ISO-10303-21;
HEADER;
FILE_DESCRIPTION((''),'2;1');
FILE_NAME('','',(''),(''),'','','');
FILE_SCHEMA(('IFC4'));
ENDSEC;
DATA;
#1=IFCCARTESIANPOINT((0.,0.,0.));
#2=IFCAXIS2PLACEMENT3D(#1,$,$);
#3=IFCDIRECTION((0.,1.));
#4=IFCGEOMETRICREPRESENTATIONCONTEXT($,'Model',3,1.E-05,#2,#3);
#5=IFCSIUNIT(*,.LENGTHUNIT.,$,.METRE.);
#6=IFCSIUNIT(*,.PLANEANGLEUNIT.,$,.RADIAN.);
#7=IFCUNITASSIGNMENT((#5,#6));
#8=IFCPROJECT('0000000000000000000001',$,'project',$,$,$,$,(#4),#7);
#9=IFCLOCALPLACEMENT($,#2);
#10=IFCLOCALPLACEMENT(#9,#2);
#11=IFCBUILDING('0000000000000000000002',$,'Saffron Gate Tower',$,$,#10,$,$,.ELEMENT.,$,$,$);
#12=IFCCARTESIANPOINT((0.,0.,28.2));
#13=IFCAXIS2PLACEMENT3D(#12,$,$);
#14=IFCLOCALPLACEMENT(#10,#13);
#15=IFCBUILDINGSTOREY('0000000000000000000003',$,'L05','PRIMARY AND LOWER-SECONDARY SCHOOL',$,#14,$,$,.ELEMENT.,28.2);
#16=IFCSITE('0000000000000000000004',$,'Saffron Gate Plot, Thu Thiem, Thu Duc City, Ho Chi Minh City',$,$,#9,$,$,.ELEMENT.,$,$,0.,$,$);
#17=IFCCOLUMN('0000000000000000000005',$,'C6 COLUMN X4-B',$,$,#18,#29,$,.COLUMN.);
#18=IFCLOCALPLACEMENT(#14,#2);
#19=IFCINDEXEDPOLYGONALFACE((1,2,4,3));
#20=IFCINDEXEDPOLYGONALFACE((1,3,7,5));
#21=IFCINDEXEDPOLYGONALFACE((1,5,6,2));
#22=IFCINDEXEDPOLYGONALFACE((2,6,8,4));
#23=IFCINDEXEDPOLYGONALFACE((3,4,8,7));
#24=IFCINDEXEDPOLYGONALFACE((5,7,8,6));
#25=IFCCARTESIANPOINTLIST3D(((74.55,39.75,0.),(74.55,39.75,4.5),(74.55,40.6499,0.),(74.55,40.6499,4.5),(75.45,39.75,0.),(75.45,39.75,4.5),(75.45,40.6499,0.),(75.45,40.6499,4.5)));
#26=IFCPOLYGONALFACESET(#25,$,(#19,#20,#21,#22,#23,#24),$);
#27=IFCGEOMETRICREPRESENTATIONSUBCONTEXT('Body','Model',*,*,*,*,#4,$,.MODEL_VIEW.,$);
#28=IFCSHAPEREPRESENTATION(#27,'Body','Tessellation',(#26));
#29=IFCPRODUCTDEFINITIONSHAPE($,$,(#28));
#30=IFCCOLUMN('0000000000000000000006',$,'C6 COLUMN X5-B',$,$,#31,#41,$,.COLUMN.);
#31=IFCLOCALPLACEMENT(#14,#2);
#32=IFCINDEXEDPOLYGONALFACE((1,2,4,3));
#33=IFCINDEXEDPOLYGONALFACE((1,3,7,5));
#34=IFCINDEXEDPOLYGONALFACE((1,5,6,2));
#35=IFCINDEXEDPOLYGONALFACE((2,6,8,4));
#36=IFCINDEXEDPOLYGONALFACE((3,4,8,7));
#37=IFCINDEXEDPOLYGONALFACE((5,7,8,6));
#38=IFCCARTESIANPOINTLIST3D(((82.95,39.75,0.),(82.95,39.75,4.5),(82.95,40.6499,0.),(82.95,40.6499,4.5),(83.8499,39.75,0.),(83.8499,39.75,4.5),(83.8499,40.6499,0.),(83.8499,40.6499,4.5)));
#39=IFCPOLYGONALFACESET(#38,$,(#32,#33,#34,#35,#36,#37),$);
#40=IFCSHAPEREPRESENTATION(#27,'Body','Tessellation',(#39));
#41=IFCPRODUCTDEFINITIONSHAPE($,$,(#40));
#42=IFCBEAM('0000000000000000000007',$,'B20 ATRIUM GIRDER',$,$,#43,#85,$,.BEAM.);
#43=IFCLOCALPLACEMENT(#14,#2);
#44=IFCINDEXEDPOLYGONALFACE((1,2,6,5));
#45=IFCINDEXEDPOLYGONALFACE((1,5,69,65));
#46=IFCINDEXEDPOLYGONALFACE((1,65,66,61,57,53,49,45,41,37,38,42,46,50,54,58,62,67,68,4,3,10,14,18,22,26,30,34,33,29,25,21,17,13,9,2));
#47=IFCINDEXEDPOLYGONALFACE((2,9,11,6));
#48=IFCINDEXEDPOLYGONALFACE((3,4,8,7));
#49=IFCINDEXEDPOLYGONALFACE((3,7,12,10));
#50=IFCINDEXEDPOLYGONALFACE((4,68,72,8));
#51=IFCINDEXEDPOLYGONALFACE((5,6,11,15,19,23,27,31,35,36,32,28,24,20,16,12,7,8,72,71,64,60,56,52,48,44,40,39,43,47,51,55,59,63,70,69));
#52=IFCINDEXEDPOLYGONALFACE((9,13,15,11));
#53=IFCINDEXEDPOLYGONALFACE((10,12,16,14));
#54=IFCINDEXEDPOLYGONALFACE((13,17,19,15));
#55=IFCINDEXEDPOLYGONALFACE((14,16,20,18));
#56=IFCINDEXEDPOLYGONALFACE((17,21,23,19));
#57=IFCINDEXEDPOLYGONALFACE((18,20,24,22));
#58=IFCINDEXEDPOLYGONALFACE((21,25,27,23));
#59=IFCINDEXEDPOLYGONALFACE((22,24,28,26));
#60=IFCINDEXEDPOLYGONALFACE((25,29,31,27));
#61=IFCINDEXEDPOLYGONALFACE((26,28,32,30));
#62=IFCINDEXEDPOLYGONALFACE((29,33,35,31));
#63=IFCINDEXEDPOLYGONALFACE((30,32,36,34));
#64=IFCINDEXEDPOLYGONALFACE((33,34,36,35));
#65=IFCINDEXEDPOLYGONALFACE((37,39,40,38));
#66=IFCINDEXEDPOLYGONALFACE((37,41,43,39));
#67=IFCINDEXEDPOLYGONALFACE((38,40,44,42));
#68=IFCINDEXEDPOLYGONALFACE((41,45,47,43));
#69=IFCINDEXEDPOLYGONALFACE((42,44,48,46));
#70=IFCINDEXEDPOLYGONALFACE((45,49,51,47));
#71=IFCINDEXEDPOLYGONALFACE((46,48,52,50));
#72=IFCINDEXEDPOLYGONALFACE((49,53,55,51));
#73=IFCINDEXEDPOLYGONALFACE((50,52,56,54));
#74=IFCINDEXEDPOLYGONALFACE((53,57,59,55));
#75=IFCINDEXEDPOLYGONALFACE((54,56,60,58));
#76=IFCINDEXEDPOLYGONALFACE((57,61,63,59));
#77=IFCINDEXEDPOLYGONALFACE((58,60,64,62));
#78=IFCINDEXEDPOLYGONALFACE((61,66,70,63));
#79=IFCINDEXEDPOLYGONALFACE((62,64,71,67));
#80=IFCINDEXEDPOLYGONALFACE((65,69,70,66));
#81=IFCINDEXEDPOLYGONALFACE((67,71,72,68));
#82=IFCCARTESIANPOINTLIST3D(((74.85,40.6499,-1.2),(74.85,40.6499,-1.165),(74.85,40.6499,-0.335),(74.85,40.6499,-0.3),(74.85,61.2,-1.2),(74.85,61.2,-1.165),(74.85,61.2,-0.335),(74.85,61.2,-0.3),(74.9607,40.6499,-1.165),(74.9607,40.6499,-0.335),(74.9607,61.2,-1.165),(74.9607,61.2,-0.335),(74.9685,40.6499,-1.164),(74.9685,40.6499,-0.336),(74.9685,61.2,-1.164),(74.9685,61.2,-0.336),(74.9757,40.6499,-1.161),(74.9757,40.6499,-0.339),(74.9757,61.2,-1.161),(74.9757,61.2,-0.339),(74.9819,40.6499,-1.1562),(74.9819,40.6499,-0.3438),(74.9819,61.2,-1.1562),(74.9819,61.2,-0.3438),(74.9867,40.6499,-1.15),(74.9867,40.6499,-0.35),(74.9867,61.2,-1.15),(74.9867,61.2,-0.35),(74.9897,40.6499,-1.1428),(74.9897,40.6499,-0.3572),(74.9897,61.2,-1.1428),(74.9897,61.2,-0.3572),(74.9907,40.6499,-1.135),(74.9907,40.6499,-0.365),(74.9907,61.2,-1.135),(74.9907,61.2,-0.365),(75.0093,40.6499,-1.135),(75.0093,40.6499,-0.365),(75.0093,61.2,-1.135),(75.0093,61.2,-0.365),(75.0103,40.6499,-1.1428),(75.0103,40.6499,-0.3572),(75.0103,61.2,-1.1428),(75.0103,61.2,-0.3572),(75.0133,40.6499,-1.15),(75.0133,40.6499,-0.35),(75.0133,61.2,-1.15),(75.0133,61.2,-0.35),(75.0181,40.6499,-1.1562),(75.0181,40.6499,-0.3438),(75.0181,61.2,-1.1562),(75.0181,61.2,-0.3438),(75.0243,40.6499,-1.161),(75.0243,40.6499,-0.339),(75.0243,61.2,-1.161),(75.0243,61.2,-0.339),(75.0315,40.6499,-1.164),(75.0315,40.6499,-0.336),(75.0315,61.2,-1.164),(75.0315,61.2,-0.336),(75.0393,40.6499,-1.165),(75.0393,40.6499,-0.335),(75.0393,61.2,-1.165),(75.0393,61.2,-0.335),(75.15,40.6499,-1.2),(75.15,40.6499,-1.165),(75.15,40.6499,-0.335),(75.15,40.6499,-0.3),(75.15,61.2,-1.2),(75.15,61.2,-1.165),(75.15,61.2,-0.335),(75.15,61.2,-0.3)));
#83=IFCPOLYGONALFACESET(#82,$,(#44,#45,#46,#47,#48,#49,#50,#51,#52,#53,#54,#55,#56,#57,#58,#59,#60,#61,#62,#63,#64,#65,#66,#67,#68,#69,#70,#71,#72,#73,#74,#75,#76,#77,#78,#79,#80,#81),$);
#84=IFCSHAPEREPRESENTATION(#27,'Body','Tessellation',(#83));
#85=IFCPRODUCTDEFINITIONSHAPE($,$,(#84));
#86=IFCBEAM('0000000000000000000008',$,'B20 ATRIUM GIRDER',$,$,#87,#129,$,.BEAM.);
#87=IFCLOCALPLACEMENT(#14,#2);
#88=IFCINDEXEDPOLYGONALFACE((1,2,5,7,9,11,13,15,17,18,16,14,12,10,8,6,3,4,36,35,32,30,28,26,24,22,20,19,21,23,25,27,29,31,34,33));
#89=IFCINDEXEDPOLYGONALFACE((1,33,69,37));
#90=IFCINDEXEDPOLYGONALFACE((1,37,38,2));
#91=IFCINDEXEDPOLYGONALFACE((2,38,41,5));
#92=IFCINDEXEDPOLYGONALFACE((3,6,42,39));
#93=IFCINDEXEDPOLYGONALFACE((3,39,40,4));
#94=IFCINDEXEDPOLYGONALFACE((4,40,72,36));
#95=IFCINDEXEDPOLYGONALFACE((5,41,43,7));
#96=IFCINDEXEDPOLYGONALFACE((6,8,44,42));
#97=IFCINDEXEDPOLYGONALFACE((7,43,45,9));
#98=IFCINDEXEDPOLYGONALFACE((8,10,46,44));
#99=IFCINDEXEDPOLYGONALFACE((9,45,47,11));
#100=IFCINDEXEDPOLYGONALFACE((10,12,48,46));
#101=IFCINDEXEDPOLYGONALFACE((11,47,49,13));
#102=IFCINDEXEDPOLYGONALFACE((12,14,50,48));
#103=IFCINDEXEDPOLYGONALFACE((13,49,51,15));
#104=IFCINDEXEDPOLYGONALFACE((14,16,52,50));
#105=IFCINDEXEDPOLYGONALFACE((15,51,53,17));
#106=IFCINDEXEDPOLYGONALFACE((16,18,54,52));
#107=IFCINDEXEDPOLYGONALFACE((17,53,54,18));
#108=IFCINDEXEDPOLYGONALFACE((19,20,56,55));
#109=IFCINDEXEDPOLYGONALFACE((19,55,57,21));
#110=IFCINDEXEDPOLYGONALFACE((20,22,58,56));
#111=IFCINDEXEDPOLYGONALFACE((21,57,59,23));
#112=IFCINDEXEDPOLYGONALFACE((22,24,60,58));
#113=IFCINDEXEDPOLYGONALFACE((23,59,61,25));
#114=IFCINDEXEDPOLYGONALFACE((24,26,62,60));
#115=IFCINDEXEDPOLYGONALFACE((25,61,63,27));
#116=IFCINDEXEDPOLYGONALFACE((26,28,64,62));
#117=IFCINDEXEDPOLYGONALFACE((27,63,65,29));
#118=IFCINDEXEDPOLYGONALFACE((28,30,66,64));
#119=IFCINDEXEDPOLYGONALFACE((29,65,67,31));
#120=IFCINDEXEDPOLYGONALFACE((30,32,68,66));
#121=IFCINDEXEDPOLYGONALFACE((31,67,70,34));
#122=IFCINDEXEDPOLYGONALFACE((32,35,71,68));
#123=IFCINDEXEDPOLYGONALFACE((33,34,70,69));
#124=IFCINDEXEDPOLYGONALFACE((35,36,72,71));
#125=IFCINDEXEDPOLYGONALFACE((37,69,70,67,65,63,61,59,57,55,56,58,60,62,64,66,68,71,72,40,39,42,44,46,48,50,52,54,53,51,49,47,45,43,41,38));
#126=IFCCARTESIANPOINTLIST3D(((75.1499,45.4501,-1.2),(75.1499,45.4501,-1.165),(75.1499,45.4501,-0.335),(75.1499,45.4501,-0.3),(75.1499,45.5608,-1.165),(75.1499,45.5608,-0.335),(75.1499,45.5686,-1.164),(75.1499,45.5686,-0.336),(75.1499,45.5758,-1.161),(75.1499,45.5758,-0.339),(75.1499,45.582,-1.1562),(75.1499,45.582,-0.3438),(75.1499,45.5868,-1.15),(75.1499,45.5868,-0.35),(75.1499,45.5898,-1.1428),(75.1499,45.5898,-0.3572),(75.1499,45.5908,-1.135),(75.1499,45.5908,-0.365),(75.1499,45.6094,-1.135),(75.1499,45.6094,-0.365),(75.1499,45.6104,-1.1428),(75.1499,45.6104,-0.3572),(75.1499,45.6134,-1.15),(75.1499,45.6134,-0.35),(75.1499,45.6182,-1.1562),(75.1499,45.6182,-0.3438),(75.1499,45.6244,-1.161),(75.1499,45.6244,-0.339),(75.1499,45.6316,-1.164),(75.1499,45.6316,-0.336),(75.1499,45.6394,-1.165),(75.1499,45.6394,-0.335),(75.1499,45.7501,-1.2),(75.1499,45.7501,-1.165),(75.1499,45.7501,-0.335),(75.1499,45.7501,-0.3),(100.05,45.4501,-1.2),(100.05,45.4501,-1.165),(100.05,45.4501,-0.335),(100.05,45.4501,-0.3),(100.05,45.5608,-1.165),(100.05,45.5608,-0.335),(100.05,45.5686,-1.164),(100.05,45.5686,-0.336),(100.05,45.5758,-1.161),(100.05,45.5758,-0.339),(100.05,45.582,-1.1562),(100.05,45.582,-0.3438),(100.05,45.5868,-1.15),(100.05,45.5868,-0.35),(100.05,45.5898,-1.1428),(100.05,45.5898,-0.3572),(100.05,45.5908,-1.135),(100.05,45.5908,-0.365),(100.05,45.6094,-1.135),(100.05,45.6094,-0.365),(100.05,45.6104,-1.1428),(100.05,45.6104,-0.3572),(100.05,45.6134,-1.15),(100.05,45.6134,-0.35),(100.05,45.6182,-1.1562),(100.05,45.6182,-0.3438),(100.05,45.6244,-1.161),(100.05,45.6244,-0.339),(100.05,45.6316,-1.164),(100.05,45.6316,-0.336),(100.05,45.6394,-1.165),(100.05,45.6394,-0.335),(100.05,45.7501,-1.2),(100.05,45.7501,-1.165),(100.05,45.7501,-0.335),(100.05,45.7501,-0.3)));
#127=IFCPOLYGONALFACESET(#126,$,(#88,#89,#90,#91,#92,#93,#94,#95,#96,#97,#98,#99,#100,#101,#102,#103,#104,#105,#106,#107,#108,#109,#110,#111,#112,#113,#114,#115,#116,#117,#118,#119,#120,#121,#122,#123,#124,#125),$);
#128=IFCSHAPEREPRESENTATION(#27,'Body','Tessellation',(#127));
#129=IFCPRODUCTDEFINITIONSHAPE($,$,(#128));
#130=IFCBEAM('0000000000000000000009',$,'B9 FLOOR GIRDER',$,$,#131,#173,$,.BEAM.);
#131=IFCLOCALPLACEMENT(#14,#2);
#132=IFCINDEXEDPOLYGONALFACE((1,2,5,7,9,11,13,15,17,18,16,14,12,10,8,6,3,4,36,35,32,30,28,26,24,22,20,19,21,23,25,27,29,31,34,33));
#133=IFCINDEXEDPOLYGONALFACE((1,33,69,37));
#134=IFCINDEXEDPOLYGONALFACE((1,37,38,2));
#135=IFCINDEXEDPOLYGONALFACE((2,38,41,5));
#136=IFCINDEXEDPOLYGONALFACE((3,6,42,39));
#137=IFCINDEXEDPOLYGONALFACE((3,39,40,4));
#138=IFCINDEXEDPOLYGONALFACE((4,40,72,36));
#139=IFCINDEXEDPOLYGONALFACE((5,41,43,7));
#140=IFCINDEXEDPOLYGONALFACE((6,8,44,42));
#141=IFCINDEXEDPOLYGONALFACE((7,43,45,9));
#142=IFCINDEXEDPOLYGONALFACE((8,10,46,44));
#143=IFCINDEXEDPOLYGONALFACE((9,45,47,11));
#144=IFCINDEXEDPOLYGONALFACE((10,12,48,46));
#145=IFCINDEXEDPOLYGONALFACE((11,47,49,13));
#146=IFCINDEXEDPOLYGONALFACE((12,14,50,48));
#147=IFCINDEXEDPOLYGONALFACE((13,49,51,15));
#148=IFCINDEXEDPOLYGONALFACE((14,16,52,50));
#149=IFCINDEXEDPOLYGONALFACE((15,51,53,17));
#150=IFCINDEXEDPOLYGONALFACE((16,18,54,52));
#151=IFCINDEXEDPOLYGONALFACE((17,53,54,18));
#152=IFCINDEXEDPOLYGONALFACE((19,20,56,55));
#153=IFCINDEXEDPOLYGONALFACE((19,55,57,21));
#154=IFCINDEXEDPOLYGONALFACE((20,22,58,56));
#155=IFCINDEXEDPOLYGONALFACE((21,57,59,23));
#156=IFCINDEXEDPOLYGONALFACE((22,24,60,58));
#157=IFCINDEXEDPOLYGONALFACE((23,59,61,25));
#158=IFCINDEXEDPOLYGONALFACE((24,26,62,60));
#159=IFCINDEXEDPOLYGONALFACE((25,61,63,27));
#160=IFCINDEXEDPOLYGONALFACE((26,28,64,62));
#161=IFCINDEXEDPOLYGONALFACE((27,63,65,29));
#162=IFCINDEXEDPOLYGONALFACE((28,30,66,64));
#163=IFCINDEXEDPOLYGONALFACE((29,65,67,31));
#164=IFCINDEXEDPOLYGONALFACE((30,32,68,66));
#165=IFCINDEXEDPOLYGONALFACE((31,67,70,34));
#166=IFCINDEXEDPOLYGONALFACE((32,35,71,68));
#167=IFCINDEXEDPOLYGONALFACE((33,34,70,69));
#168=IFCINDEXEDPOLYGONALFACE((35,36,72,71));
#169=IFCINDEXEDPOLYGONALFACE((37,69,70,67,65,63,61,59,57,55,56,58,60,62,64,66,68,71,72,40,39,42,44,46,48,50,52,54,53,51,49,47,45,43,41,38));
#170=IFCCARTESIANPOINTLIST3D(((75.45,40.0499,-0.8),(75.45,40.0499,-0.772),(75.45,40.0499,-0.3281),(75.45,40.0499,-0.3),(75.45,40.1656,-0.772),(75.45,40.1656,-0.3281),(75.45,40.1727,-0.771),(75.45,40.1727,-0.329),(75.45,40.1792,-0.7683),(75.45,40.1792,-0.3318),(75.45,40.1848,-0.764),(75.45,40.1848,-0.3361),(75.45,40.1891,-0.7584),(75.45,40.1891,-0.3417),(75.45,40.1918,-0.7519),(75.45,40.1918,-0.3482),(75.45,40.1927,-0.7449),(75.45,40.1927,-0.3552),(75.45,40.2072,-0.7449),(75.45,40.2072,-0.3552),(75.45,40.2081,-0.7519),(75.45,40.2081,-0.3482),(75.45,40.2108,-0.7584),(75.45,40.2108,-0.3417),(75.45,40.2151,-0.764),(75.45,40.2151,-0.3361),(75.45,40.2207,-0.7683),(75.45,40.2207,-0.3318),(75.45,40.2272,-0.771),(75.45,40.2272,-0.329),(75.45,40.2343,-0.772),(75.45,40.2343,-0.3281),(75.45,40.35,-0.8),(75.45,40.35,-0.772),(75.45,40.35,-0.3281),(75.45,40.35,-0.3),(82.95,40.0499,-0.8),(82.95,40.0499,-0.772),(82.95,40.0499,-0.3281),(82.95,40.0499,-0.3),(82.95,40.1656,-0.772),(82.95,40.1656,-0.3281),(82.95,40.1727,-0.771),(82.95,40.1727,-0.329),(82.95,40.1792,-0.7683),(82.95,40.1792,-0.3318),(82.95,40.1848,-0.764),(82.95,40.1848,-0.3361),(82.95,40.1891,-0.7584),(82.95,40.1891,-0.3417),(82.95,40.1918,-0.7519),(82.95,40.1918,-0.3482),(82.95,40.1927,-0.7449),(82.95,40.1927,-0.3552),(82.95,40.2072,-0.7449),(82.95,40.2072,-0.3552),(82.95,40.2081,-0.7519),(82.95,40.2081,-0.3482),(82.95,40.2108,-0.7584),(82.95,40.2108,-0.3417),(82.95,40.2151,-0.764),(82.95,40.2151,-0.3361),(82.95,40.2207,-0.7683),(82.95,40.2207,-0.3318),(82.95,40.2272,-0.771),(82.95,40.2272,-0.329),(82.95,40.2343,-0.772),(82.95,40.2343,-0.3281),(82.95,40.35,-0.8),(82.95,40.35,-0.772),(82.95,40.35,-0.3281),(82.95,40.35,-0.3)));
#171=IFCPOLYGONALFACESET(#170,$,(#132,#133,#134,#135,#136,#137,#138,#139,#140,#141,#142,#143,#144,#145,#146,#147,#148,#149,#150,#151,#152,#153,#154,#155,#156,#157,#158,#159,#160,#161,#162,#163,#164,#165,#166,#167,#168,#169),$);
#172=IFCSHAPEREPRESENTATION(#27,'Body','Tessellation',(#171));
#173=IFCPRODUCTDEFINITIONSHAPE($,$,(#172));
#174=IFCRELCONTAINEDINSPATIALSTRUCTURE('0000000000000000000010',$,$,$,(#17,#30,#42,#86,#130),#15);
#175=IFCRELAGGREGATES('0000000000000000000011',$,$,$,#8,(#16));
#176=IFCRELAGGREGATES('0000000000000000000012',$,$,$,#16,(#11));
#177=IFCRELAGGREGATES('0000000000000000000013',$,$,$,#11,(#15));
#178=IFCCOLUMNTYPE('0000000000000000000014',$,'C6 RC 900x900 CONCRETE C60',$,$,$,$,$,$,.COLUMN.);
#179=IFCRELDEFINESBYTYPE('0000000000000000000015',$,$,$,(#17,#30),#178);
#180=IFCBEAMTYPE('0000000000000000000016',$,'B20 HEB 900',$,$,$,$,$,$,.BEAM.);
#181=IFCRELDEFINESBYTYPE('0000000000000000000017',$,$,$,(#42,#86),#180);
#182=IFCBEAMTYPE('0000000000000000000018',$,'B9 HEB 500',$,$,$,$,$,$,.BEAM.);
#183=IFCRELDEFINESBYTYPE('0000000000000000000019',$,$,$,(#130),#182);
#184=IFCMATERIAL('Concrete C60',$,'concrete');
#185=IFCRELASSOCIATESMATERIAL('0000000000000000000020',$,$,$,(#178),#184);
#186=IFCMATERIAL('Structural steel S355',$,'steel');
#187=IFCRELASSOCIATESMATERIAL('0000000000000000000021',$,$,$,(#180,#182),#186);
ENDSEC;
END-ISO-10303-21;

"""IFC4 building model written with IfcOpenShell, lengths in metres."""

from ifc_helpers import new_model, si_unit, direction, frame, origin, origin_2d, place, context, subcontext, project, spatial, rectangle, i_section, extrude, material, material_profile, profile_set, type_object, element, save


model = new_model("IFC4")

# Units and contexts
model_context = context("Model", 3, precision=1e-05, world=origin(), true_north=direction((0.0, 1.0)))
body_context = subcontext(model_context, "Body", "Model", "MODEL_VIEW")
ifc_project = project(units=[si_unit("LENGTHUNIT", "METRE"), si_unit("PLANEANGLEUNIT", "RADIAN")], contexts=[model_context])

# Site, building, storey
site_placement = place(None, origin())
site = spatial("IfcSite", under=ifc_project, at=site_placement, Name="Saffron Gate Plot, Thu Thiem, Thu Duc City, Ho Chi Minh City", CompositionType="ELEMENT", RefElevation=0.0)
building_placement = place(site_placement, origin())
building = spatial("IfcBuilding", under=site, at=building_placement, Name="Saffron Gate Tower", CompositionType="ELEMENT")
storey_placement = place(building_placement, frame((0.0, 0.0, 28.2)))
storey = spatial("IfcBuildingStorey", under=building, at=storey_placement, Name="L05", Description="PRIMARY AND LOWER-SECONDARY SCHOOL", CompositionType="ELEMENT", Elevation=28.2)

# Columns
ifc_material_1 = material(Name="Concrete C60", Category="concrete")
ifc_material_profile_1 = material_profile(ifc_material_1, rectangle(XDim=0.8999, YDim=0.8999, at=origin_2d()))
ifc_profile_set_1 = profile_set([ifc_material_profile_1], Name="Concrete C60")
column_type = type_object("IfcColumnType", Name="C6 RC 900x900 CONCRETE C60", PredefinedType="COLUMN", material=ifc_profile_set_1)
for number, where, z_axis, x_axis, name in (
    (1, (75.0, 40.2, 0.0), (0.0, 0.0, 1.0), (1.0, 0.0, 0.0), "C6 COLUMN X4-B"),
    (2, (83.3999, 40.2, 0.0), (0.0, 0.0, 1.0), (1.0, 0.0, 0.0), "C6 COLUMN X5-B"),
):
    element("IfcColumn", number, at=place(storey_placement, frame(where, z_axis=z_axis, x_axis=x_axis)), inside=storey, type_object=column_type, Name=name, PredefinedType="COLUMN", context=body_context, shape_type="SweptSolid", body=[
        extrude(rectangle(XDim=0.8999, YDim=0.8999, at=origin_2d()), origin(), (0.0, 0.0, 1.0), 4.5),
    ])

# Beams
ifc_material_2 = material(Name="Structural steel S355", Category="steel")
ifc_material_profile_2 = material_profile(ifc_material_2, i_section(OverallWidth=0.3, OverallDepth=0.8999, WebThickness=0.0186, FlangeThickness=0.0349, FilletRadius=0.03, at=origin_2d()))
ifc_profile_set_2 = profile_set([ifc_material_profile_2], Name="Structural steel S355")
beam_type_1 = type_object("IfcBeamType", Name="B20 HEB 900", PredefinedType="BEAM", material=ifc_profile_set_2)
beam_1_placement = place(storey_placement, frame((75.0, 40.6499, -0.75), z_axis=(0.0, 1.0, 0.0), x_axis=(-1.0, 0.0, 0.0)))
element("IfcBeam", 3, at=beam_1_placement, inside=storey, type_object=beam_type_1, Name="B20 ATRIUM GIRDER", PredefinedType="BEAM", context=body_context, shape_type="SweptSolid", body=[
    extrude(i_section(OverallWidth=0.3, OverallDepth=0.8999, WebThickness=0.0186, FlangeThickness=0.0349, FilletRadius=0.03, at=origin_2d()), origin(), (0.0, 0.0, 1.0), 20.55),
])
beam_2_placement = place(storey_placement, frame((75.1499, 45.6001, -0.75), z_axis=(1.0, 0.0, 0.0), x_axis=(0.0, 1.0, 0.0)))
element("IfcBeam", 4, at=beam_2_placement, inside=storey, type_object=beam_type_1, Name="B20 ATRIUM GIRDER", PredefinedType="BEAM", context=body_context, shape_type="SweptSolid", body=[
    extrude(i_section(OverallWidth=0.3, OverallDepth=0.8999, WebThickness=0.0186, FlangeThickness=0.0349, FilletRadius=0.03, at=origin_2d()), origin(), (0.0, 0.0, 1.0), 24.9001),
])
ifc_material_profile_3 = material_profile(ifc_material_2, i_section(OverallWidth=0.3, OverallDepth=0.5, WebThickness=0.0144, FlangeThickness=0.0281, FilletRadius=0.0271, at=origin_2d()))
ifc_profile_set_3 = profile_set([ifc_material_profile_3], Name="Structural steel S355")
beam_type_2 = type_object("IfcBeamType", Name="B9 HEB 500", PredefinedType="BEAM", material=ifc_profile_set_3)
beam_3_placement = place(storey_placement, frame((75.45, 40.2, -0.55), z_axis=(1.0, 0.0, 0.0), x_axis=(0.0, 1.0, 0.0)))
element("IfcBeam", 5, at=beam_3_placement, inside=storey, type_object=beam_type_2, Name="B9 FLOOR GIRDER", PredefinedType="BEAM", context=body_context, shape_type="SweptSolid", body=[
    extrude(i_section(OverallWidth=0.3, OverallDepth=0.5, WebThickness=0.0144, FlangeThickness=0.0281, FilletRadius=0.0271, at=origin_2d()), origin(), (0.0, 0.0, 1.0), 7.5),
])

save(model, "model.ifc")
